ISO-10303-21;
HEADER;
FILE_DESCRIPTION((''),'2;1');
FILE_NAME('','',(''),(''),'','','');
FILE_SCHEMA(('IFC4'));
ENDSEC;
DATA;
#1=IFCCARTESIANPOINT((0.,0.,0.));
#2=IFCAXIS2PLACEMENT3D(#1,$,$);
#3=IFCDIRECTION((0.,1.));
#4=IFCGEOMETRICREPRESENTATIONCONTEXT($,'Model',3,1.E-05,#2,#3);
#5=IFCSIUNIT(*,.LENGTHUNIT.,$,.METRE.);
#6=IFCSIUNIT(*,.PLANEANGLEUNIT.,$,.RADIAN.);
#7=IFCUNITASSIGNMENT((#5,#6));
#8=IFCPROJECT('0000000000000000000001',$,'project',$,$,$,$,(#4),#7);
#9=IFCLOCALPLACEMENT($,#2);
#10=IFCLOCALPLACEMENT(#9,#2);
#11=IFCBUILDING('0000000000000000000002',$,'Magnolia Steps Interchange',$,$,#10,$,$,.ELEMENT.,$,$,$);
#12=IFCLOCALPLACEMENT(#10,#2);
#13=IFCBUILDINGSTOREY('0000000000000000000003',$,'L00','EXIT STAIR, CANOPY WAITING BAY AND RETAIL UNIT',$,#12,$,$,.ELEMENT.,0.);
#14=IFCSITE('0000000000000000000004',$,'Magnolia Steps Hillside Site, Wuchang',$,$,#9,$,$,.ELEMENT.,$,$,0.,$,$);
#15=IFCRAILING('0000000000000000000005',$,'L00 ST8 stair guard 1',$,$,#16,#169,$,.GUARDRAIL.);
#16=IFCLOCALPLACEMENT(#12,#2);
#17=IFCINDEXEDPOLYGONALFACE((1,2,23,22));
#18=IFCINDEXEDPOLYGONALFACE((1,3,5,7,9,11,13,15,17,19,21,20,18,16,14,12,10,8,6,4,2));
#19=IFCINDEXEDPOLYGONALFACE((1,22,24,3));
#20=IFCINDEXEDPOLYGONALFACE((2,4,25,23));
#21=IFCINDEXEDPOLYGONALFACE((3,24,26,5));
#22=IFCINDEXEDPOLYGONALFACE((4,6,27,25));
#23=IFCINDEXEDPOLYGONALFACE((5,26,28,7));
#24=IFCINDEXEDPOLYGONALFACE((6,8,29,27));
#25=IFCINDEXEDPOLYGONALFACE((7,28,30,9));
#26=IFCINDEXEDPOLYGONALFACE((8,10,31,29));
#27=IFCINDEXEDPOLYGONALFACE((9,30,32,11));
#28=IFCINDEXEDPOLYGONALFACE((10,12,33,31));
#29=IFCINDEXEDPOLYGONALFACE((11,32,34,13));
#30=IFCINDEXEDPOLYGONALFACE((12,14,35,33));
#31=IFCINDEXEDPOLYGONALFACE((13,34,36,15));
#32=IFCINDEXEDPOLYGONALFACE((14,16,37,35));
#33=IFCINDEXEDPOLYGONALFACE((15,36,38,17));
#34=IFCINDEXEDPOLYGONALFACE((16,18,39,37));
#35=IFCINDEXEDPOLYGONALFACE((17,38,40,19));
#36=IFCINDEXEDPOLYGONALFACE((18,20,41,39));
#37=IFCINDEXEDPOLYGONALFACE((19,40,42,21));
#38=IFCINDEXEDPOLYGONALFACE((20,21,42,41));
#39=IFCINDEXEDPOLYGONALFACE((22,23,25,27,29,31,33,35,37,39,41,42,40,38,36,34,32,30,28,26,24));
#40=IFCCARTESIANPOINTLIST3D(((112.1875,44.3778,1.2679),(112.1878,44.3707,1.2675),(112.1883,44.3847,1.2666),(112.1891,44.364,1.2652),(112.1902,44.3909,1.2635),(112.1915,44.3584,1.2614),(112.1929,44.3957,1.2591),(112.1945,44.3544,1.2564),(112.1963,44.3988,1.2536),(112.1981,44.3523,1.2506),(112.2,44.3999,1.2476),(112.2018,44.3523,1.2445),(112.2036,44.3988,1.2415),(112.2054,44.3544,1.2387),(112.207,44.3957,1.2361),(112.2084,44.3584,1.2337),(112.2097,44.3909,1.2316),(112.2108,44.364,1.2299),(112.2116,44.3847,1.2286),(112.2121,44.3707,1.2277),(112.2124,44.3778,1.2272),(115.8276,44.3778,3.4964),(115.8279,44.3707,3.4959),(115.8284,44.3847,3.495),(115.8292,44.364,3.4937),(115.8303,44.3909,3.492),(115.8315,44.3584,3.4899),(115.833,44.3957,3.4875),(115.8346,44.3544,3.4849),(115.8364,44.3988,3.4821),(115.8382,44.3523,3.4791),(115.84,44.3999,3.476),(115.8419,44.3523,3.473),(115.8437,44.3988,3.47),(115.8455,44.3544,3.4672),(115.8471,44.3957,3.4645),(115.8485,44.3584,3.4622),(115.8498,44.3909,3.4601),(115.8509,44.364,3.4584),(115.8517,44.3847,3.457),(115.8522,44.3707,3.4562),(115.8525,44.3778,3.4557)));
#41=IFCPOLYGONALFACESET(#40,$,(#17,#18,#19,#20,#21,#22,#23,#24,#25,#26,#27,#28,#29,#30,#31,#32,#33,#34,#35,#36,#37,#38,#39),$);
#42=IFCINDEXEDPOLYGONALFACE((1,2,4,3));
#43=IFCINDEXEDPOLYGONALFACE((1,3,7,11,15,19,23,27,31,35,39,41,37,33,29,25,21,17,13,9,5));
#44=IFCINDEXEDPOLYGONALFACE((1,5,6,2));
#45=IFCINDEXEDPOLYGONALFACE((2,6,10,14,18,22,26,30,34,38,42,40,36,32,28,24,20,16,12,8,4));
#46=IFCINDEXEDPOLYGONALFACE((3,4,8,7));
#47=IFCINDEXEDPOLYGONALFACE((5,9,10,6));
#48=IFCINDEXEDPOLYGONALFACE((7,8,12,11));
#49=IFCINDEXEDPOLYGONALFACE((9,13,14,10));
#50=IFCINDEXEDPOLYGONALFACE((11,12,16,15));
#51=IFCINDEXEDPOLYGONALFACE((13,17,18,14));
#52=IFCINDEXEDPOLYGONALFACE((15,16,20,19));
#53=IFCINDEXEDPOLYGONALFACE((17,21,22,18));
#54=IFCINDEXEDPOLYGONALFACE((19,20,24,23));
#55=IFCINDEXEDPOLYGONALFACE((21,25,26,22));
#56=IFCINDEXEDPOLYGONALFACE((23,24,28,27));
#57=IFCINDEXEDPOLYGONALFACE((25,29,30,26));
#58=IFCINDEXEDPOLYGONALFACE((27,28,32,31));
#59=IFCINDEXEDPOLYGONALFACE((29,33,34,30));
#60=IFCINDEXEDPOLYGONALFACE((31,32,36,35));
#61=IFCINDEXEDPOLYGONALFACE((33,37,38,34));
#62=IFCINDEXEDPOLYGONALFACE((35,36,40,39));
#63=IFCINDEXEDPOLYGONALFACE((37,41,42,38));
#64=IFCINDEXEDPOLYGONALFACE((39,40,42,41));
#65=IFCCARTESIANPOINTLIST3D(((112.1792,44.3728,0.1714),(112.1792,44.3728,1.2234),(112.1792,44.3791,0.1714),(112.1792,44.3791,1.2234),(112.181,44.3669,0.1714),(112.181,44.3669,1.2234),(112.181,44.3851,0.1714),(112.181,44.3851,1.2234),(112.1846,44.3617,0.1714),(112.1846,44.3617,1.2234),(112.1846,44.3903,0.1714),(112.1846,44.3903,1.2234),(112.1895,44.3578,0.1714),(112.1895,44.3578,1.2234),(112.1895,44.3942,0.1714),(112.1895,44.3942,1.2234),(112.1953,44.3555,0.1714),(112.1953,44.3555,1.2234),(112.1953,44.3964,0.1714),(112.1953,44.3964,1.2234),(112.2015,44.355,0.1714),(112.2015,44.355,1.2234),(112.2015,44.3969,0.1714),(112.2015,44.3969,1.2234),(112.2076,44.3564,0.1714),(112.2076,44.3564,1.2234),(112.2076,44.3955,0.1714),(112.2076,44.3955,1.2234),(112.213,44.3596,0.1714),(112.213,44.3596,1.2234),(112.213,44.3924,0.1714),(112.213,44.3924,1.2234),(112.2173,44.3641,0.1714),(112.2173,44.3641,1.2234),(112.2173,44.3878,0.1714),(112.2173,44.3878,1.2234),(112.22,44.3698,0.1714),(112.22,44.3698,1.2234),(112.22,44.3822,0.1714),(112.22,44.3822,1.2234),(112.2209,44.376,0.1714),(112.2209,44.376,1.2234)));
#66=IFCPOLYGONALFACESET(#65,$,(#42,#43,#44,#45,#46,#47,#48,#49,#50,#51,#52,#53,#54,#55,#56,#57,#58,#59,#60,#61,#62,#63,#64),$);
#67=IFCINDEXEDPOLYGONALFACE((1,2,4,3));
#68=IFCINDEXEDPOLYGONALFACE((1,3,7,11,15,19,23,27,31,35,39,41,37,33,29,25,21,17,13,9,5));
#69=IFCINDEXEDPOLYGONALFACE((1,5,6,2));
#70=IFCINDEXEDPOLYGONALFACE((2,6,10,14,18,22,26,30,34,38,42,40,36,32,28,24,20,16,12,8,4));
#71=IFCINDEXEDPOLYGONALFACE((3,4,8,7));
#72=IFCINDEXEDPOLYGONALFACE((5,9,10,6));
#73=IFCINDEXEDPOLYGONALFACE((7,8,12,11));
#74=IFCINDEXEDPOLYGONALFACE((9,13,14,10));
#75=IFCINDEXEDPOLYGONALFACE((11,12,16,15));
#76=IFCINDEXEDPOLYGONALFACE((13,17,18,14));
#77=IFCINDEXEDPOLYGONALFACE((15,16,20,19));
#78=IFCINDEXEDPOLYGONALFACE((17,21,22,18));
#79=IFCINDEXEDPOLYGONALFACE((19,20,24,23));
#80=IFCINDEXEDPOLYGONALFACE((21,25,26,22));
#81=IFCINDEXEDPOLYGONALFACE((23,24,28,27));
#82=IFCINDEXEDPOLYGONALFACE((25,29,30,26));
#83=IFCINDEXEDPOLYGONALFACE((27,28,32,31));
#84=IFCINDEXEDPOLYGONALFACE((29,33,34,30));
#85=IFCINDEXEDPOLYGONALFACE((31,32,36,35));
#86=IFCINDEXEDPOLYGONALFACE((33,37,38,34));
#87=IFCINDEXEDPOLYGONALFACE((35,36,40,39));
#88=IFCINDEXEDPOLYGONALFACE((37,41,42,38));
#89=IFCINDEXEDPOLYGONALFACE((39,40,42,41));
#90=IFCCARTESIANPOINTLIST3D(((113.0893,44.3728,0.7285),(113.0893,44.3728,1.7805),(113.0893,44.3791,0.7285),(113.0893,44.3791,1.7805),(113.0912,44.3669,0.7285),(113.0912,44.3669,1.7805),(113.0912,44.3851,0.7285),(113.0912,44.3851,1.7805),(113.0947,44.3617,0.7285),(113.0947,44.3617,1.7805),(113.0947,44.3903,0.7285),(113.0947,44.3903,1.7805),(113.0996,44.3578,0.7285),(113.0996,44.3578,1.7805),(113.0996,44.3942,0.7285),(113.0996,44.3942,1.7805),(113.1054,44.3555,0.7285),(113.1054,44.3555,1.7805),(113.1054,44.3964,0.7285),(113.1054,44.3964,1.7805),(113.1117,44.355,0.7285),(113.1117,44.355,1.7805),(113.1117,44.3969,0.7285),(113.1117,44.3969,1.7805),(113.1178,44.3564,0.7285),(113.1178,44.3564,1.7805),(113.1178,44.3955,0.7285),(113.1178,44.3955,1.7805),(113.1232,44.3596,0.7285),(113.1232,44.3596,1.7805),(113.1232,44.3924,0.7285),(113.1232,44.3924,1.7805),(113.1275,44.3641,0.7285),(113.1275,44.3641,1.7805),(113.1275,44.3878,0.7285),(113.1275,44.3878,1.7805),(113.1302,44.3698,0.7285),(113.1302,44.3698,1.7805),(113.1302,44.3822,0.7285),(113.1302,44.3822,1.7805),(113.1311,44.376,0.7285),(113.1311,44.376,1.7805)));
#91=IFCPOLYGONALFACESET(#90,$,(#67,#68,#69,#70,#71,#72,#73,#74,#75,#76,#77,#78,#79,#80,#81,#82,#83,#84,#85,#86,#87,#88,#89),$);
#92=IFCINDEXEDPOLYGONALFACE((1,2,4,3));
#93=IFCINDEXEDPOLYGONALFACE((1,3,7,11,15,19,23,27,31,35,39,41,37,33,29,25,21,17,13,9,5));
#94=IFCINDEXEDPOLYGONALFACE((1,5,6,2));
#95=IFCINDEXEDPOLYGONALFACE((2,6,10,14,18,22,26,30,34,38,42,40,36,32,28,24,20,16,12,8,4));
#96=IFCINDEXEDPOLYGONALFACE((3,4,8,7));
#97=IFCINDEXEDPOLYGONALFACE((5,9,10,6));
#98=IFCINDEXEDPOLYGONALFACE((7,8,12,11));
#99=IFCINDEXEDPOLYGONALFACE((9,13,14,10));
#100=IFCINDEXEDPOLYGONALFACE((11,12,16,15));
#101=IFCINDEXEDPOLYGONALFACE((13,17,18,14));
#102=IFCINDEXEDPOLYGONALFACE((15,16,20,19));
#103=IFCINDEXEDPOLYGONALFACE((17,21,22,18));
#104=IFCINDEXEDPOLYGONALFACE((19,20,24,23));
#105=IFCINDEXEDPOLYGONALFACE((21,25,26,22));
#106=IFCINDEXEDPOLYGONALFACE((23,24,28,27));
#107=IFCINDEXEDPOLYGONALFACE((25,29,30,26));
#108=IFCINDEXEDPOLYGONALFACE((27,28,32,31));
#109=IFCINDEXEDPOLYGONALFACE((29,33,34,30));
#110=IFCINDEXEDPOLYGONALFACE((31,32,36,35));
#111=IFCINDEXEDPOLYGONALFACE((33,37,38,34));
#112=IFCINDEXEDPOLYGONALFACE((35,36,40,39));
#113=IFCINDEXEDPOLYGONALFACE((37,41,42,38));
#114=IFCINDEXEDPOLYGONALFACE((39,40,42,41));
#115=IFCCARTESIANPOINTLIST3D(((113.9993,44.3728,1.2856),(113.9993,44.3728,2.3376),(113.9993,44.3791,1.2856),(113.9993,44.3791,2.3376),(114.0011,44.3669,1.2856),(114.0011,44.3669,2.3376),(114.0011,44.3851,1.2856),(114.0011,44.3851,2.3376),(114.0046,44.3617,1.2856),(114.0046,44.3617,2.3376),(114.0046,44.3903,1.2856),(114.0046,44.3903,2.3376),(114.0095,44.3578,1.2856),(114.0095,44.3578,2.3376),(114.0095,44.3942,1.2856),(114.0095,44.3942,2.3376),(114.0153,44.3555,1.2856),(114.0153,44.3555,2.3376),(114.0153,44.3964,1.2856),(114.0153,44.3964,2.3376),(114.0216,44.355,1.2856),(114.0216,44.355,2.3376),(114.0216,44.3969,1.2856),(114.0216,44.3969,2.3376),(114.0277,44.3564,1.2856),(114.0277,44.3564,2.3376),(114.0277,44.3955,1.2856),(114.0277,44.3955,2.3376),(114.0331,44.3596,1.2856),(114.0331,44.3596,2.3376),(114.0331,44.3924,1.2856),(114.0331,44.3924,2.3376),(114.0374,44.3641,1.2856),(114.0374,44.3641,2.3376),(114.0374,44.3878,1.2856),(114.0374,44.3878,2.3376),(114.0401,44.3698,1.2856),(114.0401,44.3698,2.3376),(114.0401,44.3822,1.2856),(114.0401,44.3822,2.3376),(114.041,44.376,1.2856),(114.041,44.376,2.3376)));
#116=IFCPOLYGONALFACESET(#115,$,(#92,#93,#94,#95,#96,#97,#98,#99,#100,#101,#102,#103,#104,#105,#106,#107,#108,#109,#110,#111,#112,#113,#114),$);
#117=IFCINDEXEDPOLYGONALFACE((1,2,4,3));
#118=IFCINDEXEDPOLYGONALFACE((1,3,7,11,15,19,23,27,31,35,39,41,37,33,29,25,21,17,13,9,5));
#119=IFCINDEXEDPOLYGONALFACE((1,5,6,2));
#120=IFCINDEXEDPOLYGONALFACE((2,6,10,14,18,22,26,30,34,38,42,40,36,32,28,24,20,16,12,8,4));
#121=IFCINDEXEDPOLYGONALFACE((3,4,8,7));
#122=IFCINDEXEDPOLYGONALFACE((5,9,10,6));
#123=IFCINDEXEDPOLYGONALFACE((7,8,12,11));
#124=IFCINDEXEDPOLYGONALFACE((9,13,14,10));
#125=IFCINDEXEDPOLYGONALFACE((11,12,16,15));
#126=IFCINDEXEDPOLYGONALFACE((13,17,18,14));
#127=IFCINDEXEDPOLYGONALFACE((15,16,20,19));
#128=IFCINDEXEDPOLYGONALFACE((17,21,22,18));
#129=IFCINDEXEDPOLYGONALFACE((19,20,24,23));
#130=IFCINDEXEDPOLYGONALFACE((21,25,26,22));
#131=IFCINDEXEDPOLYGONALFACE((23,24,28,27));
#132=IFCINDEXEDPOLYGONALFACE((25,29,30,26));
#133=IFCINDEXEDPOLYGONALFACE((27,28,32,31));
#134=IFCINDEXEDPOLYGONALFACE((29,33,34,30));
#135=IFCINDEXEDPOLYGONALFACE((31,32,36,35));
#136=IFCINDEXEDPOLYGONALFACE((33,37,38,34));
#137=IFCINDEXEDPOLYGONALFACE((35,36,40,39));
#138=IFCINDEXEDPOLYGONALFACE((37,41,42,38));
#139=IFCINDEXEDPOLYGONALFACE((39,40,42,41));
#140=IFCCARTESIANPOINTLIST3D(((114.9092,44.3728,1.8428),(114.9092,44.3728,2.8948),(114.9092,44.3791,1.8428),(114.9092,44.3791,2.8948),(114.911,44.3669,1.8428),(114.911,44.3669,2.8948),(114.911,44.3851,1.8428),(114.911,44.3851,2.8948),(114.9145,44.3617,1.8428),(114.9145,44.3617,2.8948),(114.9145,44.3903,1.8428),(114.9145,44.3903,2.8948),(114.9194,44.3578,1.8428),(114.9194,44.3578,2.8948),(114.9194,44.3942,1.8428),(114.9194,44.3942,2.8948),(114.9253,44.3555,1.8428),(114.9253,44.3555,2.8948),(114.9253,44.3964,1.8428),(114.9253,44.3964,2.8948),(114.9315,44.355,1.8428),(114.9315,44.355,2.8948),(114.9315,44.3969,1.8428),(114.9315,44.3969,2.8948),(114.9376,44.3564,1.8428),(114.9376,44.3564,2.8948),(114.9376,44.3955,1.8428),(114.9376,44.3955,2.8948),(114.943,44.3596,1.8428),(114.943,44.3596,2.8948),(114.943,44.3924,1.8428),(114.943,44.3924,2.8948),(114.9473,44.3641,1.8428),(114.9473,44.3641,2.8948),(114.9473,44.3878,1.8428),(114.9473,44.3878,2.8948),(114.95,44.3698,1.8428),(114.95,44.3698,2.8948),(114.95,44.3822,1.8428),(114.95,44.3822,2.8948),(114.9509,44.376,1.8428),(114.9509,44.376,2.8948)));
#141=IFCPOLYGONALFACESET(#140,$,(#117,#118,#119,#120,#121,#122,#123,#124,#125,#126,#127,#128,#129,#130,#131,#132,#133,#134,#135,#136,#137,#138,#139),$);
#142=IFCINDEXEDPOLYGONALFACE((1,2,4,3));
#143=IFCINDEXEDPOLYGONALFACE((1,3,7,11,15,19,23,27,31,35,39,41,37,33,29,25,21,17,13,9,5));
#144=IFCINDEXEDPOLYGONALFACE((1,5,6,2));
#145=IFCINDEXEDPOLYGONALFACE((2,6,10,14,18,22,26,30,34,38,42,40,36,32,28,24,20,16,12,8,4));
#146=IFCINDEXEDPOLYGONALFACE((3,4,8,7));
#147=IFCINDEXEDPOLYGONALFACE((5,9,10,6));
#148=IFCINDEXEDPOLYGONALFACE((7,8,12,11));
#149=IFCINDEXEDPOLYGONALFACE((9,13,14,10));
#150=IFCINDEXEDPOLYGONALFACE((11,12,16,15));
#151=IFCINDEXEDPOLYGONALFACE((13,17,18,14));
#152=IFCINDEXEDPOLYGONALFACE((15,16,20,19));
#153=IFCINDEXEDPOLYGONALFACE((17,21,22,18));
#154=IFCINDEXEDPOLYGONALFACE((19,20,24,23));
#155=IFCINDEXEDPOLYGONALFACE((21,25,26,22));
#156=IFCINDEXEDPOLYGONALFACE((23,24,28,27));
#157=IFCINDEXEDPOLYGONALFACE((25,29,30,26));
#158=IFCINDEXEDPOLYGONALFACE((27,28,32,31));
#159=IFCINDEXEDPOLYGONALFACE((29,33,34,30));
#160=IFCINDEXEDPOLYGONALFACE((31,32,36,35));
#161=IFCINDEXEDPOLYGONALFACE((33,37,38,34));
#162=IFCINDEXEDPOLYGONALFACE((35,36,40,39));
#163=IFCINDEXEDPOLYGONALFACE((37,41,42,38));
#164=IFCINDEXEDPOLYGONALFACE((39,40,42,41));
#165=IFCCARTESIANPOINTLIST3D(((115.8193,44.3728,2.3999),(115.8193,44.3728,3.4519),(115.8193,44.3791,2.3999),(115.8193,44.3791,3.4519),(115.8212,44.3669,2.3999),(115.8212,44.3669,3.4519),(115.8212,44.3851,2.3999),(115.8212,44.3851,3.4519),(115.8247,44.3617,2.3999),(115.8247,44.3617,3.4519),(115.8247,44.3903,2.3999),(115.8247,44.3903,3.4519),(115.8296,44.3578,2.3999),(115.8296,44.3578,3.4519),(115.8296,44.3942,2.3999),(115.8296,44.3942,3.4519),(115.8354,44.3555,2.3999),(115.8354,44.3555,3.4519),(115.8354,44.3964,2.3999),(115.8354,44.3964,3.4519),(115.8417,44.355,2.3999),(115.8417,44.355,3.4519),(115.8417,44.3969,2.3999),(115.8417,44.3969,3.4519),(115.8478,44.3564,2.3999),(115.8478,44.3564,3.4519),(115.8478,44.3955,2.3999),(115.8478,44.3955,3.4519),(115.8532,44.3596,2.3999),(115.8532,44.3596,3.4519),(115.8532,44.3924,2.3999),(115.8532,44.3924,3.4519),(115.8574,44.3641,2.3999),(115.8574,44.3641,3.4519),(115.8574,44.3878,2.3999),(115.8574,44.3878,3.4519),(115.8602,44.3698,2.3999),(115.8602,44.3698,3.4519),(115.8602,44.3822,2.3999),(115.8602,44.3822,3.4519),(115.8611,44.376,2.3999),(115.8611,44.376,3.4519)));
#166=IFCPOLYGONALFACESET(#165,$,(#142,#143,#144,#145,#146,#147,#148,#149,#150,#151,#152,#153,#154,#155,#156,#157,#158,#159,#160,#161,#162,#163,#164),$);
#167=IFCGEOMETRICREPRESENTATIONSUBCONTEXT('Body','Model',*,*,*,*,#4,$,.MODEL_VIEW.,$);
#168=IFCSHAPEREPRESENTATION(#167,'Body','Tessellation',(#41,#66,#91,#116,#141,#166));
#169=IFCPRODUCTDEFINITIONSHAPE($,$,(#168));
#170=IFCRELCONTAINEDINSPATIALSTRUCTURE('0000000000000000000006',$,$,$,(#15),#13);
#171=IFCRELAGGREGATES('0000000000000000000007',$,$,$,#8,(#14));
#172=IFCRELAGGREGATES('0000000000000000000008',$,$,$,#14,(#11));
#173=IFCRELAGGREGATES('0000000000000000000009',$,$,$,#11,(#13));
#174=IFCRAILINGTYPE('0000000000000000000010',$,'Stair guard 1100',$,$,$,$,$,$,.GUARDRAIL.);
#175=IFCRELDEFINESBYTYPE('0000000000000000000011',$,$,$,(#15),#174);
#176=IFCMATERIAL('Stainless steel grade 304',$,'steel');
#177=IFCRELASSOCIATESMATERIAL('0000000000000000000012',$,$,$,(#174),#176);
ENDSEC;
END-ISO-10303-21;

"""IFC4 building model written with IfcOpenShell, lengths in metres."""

from ifc_helpers import new_model, si_unit, direction, frame, origin, origin_2d, place, context, subcontext, project, spatial, circle, extrude, material, type_object, element, save


model = new_model("IFC4")

# Units and contexts
model_context = context("Model", 3, precision=1e-05, world=origin(), true_north=direction((0.0, 1.0)))
body_context = subcontext(model_context, "Body", "Model", "MODEL_VIEW")
ifc_project = project(units=[si_unit("LENGTHUNIT", "METRE"), si_unit("PLANEANGLEUNIT", "RADIAN")], contexts=[model_context])

# Site, building, storey
site_placement = place(None, origin())
site = spatial("IfcSite", under=ifc_project, at=site_placement, Name="Magnolia Steps Hillside Site, Wuchang", CompositionType="ELEMENT", RefElevation=0.0)
building_placement = place(site_placement, origin())
building = spatial("IfcBuilding", under=site, at=building_placement, Name="Magnolia Steps Interchange", CompositionType="ELEMENT")
storey_placement = place(building_placement, origin())
storey = spatial("IfcBuildingStorey", under=building, at=storey_placement, Name="L00", Description="EXIT STAIR, CANOPY WAITING BAY AND RETAIL UNIT", CompositionType="ELEMENT", Elevation=0.0)

# Railing
ifc_material_1 = material(Name="Stainless steel grade 304", Category="steel")
railing_type_1 = type_object("IfcRailingType", Name="Stair guard 1100", PredefinedType="GUARDRAIL", material=ifc_material_1)
railing_1_placement = place(storey_placement, frame((112.2, 44.376, 0.1714)))
element("IfcRailing", 1, at=railing_1_placement, inside=storey, type_object=railing_type_1, Name="L00 ST8 stair guard 1", PredefinedType="GUARDRAIL", context=body_context, shape_type="SweptSolid", body=[
    extrude(circle(Radius=0.0239, at=origin_2d()), frame((0.0, 0.0, 1.0762), z_axis=(0.852866, 0.0, 0.52213), x_axis=(0.0, 1.0, 0.0)), (0.0, 0.0, 1.0), 4.2681),
    extrude(circle(Radius=0.021, at=origin_2d()), origin(), (0.0, 0.0, 1.0), 1.052),
    extrude(circle(Radius=0.021, at=origin_2d()), frame((0.9102, 0.0, 0.5571)), (0.0, 0.0, 1.0), 1.052),
    extrude(circle(Radius=0.021, at=origin_2d()), frame((1.8201, 0.0, 1.1143)), (0.0, 0.0, 1.0), 1.052),
    extrude(circle(Radius=0.021, at=origin_2d()), frame((2.73, 0.0, 1.6714)), (0.0, 0.0, 1.0), 1.052),
    extrude(circle(Radius=0.021, at=origin_2d()), frame((3.6401, 0.0, 2.2285)), (0.0, 0.0, 1.0), 1.052),
])

save(model, "model.ifc")
